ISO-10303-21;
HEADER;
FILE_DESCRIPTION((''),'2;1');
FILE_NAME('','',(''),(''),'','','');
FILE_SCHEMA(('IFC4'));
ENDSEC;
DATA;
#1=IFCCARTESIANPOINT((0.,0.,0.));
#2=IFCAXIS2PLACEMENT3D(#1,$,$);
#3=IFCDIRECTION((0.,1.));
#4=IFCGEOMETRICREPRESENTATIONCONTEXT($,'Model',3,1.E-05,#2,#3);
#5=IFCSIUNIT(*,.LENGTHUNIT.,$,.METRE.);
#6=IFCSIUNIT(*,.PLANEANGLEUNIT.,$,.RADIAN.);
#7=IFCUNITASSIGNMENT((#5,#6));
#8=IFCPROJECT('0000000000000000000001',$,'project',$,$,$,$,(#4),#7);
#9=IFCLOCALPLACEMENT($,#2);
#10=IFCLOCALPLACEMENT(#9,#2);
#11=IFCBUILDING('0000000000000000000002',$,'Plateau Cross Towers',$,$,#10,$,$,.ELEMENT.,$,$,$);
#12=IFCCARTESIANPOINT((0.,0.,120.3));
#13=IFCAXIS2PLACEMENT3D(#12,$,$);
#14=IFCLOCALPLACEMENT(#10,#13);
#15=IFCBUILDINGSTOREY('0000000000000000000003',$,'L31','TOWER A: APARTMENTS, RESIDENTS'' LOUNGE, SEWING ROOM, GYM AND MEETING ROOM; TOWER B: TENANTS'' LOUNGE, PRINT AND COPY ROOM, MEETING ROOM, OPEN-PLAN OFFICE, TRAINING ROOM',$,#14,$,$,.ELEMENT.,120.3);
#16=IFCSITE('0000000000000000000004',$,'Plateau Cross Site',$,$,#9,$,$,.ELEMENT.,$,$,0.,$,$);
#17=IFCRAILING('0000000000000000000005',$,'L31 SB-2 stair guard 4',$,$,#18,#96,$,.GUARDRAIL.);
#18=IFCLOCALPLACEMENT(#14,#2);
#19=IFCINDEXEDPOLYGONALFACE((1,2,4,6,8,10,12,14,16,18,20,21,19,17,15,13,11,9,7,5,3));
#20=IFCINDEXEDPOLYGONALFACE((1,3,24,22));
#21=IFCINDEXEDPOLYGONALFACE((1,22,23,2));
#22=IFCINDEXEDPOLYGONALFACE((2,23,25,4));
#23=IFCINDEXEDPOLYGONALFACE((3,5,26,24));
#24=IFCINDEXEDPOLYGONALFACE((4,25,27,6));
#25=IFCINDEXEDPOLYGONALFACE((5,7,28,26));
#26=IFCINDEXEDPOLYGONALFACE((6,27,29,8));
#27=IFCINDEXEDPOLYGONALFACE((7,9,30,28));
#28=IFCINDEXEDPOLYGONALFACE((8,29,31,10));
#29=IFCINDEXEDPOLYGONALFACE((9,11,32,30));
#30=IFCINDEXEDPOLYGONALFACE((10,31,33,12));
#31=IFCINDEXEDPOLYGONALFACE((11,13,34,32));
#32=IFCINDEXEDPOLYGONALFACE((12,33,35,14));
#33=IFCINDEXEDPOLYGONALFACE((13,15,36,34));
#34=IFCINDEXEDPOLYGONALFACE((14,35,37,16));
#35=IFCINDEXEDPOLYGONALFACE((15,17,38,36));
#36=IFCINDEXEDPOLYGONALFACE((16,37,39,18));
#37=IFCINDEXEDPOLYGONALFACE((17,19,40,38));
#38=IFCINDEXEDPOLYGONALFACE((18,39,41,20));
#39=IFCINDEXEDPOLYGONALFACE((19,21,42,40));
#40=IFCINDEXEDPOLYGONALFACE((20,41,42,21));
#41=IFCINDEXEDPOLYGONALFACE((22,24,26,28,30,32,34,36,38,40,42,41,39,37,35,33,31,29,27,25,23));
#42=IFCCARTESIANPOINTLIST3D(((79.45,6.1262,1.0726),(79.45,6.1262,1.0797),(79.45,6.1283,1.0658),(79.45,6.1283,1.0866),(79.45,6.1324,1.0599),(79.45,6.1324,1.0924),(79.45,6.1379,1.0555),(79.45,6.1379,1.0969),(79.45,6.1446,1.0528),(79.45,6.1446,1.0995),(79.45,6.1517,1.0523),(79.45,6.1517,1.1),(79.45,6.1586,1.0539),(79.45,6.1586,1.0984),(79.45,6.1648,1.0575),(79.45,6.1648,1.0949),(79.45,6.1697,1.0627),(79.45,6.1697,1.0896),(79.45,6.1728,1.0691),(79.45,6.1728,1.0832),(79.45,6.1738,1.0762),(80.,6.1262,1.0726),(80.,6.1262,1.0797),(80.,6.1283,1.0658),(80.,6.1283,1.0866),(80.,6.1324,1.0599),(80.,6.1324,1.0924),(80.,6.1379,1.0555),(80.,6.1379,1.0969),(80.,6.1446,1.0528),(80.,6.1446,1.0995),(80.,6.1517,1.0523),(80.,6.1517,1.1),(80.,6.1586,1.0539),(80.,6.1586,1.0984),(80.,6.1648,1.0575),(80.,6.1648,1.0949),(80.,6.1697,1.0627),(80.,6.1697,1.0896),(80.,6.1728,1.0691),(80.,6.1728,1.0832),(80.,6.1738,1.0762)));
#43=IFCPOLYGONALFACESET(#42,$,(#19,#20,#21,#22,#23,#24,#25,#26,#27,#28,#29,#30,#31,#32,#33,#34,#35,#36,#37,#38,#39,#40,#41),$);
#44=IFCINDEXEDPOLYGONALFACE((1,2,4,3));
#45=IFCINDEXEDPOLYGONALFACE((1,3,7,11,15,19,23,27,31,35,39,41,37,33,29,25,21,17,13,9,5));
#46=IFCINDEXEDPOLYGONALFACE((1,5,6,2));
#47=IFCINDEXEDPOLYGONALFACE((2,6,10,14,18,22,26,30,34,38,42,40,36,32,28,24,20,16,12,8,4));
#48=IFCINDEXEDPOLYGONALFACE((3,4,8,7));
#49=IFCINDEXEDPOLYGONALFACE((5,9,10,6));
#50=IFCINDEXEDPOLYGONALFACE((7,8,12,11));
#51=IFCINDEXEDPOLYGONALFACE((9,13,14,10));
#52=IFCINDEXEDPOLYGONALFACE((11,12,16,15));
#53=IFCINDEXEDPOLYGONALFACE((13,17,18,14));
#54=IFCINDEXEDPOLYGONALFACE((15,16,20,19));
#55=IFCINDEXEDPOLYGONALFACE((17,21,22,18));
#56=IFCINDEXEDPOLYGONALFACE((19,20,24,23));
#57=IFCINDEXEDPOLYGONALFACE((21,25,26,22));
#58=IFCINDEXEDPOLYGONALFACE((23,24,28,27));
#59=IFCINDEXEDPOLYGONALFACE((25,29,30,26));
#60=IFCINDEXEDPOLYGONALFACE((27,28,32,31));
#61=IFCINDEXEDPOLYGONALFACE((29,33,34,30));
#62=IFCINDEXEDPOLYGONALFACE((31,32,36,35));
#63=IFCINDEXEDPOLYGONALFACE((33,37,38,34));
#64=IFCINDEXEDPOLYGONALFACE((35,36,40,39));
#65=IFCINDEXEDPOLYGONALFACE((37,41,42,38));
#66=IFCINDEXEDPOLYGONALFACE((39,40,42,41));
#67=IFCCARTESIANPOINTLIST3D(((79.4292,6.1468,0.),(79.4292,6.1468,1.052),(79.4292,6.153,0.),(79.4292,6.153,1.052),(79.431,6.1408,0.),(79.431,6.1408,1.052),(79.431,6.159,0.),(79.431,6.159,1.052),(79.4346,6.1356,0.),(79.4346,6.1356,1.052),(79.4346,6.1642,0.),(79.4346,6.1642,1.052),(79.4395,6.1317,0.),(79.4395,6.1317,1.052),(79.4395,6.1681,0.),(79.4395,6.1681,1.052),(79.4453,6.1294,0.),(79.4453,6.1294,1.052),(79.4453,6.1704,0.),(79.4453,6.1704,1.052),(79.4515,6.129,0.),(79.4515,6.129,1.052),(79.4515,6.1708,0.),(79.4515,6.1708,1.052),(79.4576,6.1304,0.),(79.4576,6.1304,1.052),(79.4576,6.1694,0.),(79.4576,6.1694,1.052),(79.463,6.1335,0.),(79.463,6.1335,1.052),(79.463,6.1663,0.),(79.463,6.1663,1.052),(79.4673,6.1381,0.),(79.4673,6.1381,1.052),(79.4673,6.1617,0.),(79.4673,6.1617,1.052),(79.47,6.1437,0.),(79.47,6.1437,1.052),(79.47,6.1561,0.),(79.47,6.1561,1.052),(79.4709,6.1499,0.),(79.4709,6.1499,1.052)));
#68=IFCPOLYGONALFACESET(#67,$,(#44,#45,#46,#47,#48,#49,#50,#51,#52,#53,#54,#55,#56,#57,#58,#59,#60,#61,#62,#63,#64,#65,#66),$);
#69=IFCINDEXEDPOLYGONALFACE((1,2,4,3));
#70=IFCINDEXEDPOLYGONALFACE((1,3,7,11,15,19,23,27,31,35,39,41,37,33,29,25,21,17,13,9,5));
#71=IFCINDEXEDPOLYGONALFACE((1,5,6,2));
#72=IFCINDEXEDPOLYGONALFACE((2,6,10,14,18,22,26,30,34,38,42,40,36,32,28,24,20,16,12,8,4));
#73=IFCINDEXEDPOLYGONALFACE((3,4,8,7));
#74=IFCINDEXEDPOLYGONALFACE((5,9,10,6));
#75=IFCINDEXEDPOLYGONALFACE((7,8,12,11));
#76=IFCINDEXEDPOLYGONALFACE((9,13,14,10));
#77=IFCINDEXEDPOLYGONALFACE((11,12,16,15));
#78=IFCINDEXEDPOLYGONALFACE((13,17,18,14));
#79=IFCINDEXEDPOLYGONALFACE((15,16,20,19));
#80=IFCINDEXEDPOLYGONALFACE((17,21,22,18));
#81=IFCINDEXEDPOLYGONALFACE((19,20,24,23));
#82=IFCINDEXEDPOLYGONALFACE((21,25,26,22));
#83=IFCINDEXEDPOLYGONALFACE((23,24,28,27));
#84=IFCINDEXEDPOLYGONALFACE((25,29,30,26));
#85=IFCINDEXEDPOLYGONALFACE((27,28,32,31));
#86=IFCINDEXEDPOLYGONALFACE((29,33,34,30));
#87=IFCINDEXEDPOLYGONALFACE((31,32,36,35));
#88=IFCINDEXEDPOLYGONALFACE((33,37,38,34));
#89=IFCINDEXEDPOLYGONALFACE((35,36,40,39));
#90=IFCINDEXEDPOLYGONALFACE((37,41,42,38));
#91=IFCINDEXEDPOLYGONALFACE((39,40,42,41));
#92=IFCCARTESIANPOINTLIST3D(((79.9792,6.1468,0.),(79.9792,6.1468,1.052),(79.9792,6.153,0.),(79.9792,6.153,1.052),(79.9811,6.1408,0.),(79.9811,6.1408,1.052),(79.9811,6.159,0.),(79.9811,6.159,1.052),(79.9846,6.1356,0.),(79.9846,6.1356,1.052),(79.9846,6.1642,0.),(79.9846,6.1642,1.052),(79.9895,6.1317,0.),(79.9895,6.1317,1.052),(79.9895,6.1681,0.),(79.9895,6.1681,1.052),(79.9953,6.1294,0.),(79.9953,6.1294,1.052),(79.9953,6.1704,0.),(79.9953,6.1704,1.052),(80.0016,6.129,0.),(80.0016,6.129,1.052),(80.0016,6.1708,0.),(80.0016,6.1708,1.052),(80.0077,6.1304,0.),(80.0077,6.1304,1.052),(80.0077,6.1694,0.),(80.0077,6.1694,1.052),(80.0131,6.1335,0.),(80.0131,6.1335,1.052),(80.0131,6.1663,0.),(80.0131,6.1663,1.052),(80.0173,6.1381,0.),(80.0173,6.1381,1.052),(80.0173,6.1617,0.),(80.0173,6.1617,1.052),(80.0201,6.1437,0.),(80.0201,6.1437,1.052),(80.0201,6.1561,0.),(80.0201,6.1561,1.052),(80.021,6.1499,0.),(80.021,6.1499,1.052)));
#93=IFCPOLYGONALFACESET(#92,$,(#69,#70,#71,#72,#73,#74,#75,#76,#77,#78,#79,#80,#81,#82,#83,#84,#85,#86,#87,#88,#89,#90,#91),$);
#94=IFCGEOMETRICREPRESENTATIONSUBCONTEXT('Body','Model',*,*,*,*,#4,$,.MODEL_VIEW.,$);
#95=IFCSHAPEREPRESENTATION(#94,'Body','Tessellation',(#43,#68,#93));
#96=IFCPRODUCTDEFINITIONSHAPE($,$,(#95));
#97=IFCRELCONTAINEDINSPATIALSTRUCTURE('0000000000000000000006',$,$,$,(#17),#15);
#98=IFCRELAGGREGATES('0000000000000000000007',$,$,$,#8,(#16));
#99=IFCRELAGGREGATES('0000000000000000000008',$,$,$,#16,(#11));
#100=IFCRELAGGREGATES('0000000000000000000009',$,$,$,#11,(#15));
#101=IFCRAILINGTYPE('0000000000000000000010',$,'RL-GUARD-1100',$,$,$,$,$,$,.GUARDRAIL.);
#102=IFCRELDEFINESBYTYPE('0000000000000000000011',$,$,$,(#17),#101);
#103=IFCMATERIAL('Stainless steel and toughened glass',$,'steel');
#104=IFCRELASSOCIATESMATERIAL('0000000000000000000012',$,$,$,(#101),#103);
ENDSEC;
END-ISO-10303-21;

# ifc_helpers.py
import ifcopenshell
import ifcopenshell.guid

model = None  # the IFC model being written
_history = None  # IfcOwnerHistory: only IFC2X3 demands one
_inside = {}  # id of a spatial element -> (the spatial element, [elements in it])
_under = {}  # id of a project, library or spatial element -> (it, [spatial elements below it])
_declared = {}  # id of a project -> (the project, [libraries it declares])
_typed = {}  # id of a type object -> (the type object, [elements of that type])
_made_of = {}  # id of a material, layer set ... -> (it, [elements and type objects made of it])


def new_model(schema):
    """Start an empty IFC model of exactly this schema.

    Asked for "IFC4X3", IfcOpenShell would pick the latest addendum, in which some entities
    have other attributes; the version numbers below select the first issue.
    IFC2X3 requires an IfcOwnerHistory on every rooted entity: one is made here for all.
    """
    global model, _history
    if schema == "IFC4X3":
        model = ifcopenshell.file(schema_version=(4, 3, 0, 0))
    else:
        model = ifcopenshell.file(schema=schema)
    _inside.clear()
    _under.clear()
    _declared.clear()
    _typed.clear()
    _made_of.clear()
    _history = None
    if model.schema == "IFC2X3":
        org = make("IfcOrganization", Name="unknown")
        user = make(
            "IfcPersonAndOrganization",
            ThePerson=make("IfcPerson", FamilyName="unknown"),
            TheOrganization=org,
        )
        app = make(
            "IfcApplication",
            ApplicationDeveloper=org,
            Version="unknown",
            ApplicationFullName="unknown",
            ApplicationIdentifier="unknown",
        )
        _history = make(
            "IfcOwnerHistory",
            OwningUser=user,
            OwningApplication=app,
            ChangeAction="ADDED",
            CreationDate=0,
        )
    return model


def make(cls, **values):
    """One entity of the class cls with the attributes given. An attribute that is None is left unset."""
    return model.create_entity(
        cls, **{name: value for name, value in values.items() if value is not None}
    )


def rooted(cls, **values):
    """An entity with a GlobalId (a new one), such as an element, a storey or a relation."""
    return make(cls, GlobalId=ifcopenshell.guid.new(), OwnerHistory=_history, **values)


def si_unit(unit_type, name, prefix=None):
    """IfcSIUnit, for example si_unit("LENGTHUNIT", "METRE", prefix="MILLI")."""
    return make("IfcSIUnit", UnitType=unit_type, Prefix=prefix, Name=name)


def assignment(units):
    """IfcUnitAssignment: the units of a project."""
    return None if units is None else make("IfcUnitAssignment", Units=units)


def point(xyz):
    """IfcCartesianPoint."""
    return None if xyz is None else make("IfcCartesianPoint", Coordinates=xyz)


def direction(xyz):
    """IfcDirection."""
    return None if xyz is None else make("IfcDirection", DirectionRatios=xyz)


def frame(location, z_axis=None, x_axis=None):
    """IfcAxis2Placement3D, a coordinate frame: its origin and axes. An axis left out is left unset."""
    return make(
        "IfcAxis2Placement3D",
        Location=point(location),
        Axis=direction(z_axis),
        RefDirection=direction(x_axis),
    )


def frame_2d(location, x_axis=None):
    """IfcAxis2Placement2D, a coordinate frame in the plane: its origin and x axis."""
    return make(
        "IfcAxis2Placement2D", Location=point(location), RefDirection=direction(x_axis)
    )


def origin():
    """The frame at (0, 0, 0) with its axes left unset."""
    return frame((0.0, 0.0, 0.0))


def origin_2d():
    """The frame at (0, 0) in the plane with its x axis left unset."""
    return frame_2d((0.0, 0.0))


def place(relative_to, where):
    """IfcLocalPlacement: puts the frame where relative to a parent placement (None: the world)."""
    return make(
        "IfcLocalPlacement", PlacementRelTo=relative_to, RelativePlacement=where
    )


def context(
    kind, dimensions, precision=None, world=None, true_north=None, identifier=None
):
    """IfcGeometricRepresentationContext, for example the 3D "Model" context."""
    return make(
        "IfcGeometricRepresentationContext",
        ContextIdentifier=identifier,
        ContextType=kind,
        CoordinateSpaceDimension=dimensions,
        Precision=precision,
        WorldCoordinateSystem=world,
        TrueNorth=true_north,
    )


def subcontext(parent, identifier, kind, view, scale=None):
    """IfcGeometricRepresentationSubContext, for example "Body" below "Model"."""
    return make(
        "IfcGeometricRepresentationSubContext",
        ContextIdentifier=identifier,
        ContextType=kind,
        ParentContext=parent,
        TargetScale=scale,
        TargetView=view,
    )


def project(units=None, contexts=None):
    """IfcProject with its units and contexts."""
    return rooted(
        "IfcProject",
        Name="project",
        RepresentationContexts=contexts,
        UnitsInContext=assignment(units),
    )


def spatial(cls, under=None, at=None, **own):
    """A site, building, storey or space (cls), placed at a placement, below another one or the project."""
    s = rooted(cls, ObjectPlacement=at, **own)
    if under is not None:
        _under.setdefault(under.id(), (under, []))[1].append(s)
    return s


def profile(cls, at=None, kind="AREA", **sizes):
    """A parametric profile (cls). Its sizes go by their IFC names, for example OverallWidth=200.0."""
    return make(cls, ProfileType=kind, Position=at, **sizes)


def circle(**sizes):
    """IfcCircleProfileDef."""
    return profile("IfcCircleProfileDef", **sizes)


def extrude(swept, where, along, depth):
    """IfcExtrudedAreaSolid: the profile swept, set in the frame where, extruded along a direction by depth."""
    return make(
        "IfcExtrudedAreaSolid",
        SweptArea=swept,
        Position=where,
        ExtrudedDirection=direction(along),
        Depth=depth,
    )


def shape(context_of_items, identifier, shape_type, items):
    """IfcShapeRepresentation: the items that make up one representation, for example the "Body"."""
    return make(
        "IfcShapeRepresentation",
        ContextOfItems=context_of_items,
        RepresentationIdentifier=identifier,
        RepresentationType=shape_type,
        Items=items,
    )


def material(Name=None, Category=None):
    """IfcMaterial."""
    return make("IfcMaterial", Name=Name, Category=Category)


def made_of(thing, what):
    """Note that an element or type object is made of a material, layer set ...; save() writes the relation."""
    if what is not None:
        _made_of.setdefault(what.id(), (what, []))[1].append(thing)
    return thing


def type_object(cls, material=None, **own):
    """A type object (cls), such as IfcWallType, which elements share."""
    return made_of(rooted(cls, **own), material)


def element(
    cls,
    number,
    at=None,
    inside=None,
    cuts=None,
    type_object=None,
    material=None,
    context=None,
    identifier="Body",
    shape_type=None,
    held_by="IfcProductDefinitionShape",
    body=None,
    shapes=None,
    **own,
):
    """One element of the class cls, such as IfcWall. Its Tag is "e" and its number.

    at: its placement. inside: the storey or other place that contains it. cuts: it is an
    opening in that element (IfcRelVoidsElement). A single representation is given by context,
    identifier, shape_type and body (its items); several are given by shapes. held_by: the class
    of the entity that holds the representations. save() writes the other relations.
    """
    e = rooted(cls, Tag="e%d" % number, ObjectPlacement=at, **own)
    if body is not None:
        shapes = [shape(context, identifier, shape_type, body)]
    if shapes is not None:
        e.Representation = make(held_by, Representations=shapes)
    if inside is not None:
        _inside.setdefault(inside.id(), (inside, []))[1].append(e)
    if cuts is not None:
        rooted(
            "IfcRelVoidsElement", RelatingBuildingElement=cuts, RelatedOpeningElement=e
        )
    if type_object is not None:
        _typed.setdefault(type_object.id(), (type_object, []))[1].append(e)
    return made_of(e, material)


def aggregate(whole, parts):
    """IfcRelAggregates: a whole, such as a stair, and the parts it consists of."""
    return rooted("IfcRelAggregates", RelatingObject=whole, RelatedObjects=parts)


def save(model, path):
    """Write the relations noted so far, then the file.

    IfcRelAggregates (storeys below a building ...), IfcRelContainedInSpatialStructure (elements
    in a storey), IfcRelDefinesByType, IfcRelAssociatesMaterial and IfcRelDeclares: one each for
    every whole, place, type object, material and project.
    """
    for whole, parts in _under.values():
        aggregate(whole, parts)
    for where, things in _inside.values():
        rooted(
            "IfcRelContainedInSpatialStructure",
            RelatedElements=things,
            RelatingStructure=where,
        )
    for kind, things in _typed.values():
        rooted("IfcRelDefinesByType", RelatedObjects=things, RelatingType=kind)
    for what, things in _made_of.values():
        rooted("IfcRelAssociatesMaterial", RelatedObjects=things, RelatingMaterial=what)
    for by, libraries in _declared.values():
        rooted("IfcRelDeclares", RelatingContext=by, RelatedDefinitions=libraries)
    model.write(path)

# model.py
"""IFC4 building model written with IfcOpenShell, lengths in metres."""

from ifc_helpers import new_model, si_unit, direction, frame, origin, origin_2d, place, context, subcontext, project, spatial, circle, extrude, material, type_object, element, save


model = new_model("IFC4")

# Units and contexts
model_context = context("Model", 3, precision=1e-05, world=origin(), true_north=direction((0.0, 1.0)))
body_context = subcontext(model_context, "Body", "Model", "MODEL_VIEW")
ifc_project = project(units=[si_unit("LENGTHUNIT", "METRE"), si_unit("PLANEANGLEUNIT", "RADIAN")], contexts=[model_context])

# Site, building, storey
site_placement = place(None, origin())
site = spatial("IfcSite", under=ifc_project, at=site_placement, Name="Plateau Cross Site", CompositionType="ELEMENT", RefElevation=0.0)
building_placement = place(site_placement, origin())
building = spatial("IfcBuilding", under=site, at=building_placement, Name="Plateau Cross Towers", CompositionType="ELEMENT")
storey_placement = place(building_placement, frame((0.0, 0.0, 120.3)))
storey = spatial("IfcBuildingStorey", under=building, at=storey_placement, Name="L31", Description="TOWER A: APARTMENTS, RESIDENTS' LOUNGE, SEWING ROOM, GYM AND MEETING ROOM; TOWER B: TENANTS' LOUNGE, PRINT AND COPY ROOM, MEETING ROOM, OPEN-PLAN OFFICE, TRAINING ROOM", CompositionType="ELEMENT", Elevation=120.3)

# Railing
ifc_material_1 = material(Name="Stainless steel and toughened glass", Category="steel")
railing_type = type_object("IfcRailingType", Name="RL-GUARD-1100", PredefinedType="GUARDRAIL", material=ifc_material_1)
railing_1_placement = place(storey_placement, frame((79.45, 6.1499, 0.0)))
element("IfcRailing", 1, at=railing_1_placement, inside=storey, type_object=railing_type, Name="L31 SB-2 stair guard 4", PredefinedType="GUARDRAIL", context=body_context, shape_type="SweptSolid", body=[
    extrude(circle(Radius=0.0239, at=origin_2d()), frame((0.0, 0.0, 1.0762), z_axis=(1.0, 0.0, 0.0), x_axis=(0.0, 1.0, 0.0)), (0.0, 0.0, 1.0), 0.55),
    extrude(circle(Radius=0.021, at=origin_2d()), origin(), (0.0, 0.0, 1.0), 1.052),
    extrude(circle(Radius=0.021, at=origin_2d()), frame((0.55, 0.0, 0.0)), (0.0, 0.0, 1.0), 1.052),
])

save(model, "model.ifc")
